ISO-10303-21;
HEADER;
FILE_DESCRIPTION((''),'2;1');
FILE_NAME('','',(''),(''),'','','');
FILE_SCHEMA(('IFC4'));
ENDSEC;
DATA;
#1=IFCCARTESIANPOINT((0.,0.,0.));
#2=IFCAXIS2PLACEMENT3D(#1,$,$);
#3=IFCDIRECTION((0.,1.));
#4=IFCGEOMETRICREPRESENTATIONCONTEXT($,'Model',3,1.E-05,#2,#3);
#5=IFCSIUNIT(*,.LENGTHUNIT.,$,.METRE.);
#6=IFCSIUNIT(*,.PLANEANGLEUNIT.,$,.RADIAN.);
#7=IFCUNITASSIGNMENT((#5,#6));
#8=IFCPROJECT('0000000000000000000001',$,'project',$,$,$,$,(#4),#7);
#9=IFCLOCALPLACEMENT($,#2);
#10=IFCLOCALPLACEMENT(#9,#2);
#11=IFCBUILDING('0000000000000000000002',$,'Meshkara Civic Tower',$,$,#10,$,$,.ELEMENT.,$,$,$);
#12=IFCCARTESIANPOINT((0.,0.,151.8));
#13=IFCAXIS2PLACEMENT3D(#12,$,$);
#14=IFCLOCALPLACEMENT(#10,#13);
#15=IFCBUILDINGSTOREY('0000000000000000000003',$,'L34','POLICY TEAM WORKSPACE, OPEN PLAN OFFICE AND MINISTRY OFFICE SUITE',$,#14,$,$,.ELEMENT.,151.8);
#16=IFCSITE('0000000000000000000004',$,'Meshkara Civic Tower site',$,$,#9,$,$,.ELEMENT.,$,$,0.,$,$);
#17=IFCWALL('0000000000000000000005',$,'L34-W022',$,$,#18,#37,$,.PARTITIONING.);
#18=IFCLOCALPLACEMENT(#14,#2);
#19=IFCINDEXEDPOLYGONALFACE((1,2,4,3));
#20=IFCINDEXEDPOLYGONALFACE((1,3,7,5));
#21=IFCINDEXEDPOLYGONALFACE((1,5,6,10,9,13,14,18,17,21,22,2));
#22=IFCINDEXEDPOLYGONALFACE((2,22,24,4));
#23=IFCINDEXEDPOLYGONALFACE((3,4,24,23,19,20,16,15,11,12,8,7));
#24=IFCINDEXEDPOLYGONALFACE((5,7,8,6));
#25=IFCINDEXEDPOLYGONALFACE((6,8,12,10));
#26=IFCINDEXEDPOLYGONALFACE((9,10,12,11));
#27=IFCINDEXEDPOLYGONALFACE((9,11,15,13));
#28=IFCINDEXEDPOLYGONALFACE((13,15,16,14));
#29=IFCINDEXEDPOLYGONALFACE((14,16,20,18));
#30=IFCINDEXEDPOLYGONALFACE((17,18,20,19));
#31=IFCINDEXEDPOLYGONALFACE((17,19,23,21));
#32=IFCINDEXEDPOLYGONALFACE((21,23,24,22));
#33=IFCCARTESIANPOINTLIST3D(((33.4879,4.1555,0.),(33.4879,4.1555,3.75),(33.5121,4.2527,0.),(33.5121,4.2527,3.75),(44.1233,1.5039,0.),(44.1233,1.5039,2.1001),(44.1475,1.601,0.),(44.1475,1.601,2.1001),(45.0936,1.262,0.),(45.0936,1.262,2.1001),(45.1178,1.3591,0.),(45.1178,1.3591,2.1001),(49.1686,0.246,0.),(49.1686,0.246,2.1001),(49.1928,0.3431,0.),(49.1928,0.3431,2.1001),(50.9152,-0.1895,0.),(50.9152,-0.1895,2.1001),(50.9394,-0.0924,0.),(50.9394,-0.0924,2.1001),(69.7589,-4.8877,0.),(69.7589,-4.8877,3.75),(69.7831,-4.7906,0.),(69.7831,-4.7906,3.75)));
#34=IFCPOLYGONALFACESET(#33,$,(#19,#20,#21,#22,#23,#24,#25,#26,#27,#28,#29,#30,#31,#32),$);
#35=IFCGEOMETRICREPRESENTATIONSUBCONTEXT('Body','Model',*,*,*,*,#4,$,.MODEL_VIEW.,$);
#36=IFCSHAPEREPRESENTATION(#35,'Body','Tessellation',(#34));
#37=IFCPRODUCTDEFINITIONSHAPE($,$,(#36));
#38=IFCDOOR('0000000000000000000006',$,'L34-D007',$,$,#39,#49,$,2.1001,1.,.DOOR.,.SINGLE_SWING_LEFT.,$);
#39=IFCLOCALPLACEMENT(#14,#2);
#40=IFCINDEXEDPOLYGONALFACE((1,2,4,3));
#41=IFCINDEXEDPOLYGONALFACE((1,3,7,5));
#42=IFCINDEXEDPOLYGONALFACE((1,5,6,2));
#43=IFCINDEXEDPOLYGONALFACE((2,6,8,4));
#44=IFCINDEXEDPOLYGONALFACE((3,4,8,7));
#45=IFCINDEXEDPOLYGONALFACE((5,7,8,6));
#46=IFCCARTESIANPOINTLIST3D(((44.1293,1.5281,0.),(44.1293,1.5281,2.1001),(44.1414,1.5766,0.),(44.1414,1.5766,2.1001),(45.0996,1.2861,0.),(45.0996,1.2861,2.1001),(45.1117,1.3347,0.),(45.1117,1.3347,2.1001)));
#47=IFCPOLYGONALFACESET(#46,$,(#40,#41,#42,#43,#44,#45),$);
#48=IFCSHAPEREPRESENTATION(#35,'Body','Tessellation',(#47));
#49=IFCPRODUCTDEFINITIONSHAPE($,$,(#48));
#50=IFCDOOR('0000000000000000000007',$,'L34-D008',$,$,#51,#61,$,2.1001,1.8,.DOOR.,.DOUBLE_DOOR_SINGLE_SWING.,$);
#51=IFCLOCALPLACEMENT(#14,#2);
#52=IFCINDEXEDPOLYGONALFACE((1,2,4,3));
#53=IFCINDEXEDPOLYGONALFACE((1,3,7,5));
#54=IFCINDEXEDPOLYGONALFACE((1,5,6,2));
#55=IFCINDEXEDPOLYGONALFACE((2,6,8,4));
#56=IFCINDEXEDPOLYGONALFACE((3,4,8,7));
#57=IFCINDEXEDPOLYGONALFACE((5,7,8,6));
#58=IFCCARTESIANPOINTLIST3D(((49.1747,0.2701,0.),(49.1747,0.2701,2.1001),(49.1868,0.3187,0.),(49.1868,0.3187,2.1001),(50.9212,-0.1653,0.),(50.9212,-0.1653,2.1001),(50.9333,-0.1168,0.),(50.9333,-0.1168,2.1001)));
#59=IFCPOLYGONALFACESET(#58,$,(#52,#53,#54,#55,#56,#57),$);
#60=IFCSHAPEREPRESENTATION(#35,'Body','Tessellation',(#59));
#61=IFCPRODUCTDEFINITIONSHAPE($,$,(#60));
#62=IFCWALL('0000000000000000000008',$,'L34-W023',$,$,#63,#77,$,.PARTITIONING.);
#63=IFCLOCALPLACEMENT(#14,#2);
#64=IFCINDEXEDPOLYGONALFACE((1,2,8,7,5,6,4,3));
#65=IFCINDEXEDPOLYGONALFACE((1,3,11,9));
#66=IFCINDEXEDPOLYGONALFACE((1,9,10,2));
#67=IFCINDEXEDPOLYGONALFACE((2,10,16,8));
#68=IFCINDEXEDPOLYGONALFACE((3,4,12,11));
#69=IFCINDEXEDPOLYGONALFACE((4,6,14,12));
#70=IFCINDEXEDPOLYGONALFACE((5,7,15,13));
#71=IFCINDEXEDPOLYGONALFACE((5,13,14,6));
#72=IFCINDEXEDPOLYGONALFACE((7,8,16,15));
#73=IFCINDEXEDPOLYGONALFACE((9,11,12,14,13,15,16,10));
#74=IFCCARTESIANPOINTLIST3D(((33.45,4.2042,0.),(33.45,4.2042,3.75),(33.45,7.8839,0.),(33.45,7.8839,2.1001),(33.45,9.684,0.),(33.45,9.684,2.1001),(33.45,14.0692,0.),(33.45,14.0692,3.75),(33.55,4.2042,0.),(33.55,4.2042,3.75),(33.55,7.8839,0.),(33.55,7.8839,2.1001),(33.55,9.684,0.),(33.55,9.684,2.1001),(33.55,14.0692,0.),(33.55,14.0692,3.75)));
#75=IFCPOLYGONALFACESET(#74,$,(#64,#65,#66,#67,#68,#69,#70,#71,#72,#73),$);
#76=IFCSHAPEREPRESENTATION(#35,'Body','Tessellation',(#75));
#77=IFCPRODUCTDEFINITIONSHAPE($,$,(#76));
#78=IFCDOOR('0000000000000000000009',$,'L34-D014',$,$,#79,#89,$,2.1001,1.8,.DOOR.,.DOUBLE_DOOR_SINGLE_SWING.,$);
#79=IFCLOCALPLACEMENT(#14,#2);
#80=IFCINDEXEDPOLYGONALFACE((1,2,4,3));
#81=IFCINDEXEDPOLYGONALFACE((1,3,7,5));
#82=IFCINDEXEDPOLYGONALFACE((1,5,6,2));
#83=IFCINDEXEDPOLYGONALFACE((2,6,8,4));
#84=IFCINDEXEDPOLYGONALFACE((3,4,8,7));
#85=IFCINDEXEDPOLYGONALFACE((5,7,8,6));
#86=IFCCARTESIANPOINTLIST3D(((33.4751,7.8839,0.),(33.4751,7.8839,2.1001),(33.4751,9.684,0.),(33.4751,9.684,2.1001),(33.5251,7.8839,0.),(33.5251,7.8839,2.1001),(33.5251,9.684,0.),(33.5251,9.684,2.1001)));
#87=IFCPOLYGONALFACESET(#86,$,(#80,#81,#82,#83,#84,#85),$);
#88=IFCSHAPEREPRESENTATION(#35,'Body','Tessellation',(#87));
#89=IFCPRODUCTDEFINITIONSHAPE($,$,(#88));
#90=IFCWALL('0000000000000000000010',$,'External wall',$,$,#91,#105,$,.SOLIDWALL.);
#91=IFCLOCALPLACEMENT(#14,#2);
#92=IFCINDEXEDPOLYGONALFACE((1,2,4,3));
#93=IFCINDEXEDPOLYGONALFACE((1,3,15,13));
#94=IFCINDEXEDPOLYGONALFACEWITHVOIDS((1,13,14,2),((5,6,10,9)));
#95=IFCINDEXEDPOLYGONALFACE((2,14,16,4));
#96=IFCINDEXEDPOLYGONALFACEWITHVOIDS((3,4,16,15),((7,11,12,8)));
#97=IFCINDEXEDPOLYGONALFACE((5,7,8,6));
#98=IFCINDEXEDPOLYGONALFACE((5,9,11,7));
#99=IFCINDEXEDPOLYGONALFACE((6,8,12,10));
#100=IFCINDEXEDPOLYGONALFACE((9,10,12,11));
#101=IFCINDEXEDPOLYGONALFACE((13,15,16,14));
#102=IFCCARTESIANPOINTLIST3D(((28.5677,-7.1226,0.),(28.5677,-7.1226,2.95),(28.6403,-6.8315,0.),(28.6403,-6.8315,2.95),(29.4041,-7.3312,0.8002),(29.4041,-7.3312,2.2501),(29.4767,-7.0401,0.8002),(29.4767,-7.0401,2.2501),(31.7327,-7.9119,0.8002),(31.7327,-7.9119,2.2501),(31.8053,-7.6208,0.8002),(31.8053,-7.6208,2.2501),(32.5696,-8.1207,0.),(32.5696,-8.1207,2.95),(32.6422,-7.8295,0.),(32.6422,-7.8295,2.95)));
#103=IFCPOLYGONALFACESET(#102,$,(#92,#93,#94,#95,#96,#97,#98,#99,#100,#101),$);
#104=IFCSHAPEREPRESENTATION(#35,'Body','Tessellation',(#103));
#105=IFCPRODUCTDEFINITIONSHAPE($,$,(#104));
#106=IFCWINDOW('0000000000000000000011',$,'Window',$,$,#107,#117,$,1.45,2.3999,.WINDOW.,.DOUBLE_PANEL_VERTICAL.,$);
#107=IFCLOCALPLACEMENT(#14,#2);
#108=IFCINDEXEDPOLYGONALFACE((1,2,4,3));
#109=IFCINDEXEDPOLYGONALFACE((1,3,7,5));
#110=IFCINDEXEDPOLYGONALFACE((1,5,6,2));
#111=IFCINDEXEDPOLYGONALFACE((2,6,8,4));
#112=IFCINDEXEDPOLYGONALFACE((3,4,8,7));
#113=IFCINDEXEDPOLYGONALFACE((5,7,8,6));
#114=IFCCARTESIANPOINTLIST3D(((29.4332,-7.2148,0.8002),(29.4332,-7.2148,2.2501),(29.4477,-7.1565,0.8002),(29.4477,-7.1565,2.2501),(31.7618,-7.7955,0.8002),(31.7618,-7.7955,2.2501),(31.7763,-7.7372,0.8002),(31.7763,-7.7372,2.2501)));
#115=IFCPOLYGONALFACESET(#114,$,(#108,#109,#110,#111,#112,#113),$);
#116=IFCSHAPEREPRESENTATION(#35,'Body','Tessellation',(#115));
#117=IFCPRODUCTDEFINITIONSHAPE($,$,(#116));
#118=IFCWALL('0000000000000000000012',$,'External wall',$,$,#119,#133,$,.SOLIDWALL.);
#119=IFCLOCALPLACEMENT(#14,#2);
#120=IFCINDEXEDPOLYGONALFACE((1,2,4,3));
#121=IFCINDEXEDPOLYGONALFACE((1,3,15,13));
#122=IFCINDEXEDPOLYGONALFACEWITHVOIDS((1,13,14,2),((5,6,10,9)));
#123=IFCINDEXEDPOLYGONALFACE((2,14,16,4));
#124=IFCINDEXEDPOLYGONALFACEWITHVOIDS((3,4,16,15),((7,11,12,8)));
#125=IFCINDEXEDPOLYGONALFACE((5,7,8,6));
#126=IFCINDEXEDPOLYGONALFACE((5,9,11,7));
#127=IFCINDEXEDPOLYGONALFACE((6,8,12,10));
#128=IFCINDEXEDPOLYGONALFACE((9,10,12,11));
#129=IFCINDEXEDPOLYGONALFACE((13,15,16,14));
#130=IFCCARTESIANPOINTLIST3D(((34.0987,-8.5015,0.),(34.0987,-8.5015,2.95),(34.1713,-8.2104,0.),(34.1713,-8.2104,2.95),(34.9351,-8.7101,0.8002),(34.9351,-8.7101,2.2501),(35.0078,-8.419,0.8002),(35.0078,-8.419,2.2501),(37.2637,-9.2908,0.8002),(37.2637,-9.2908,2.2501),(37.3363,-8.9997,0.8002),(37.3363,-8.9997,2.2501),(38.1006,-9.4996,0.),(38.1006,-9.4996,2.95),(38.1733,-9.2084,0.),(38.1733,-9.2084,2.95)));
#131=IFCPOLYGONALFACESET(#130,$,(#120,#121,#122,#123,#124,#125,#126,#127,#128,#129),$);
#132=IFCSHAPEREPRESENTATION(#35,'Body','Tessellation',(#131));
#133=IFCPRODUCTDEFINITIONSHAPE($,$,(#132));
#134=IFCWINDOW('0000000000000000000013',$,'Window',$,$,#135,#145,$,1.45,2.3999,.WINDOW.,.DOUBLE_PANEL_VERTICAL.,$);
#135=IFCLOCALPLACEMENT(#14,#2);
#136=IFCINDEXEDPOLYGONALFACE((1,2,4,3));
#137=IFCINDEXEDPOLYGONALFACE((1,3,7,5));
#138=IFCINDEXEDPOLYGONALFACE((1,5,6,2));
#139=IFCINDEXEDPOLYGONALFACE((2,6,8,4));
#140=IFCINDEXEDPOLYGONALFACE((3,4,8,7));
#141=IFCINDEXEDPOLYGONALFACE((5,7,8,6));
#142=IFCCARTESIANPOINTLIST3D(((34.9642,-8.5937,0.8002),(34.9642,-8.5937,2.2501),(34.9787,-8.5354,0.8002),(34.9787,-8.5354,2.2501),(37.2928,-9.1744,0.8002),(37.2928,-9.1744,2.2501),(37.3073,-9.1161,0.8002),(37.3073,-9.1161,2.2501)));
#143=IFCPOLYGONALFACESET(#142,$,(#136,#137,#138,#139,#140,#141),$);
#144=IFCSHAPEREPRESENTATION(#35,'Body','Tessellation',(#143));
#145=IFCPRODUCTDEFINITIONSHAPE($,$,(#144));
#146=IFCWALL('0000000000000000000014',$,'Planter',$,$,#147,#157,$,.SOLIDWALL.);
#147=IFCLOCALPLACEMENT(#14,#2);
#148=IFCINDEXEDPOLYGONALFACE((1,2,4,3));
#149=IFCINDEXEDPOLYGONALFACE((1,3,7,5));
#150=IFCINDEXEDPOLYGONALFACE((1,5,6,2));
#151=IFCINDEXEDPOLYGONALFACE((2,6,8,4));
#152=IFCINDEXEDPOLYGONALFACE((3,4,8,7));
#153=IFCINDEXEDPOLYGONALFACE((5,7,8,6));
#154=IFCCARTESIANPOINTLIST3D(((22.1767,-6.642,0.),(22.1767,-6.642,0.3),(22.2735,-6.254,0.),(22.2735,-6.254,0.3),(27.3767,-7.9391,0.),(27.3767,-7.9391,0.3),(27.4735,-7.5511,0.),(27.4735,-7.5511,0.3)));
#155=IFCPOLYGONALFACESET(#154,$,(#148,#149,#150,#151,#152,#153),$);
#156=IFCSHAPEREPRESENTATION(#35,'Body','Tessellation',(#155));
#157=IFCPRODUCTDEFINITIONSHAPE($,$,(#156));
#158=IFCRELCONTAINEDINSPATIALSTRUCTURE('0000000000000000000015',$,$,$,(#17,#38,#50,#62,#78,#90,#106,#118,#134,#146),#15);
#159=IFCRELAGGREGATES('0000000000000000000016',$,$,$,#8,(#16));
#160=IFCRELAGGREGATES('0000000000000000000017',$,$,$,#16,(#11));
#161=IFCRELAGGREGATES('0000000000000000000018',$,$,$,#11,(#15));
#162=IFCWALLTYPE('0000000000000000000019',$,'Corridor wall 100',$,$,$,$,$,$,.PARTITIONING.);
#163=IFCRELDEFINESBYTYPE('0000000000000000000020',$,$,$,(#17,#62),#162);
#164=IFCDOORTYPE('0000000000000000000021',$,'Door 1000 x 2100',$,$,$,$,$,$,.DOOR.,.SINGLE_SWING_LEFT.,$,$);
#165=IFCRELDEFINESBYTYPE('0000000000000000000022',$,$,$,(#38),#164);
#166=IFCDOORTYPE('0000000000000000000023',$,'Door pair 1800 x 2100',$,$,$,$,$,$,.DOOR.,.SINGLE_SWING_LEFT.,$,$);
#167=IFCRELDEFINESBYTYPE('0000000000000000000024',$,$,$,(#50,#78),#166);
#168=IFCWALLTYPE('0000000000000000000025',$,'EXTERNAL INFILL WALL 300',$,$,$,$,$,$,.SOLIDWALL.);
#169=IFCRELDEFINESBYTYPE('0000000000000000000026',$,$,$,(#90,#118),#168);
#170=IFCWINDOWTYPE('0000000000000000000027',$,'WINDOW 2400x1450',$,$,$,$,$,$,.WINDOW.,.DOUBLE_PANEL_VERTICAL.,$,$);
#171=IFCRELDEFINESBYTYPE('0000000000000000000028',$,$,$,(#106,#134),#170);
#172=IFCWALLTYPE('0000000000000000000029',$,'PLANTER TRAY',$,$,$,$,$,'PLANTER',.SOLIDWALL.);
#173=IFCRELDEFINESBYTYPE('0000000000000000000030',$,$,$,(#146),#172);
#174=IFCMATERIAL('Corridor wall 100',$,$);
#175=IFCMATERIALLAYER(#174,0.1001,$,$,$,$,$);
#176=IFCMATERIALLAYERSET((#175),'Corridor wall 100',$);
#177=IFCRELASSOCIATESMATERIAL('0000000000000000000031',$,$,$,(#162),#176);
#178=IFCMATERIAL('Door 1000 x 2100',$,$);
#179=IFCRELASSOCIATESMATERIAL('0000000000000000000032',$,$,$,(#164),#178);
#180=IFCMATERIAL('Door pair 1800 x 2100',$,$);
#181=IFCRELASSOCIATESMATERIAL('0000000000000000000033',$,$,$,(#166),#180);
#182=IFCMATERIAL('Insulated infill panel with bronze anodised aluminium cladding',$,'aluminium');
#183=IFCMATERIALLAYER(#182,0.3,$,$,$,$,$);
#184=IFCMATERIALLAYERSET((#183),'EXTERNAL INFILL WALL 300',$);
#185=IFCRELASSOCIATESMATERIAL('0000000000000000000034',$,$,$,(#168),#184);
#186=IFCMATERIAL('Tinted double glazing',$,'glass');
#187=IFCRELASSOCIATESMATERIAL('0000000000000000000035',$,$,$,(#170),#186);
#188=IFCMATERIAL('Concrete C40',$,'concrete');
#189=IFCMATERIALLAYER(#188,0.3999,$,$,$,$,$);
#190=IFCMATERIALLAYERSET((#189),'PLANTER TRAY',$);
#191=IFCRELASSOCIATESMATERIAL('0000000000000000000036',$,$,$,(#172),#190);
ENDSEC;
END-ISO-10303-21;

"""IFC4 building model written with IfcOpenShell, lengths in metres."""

from ifc_helpers import new_model, si_unit, direction, frame, frame_2d, origin, place, context, subcontext, project, spatial, rectangle, extrude, material, layer, layer_set, type_object, element, fill, save


model = new_model("IFC4")

# Units and contexts
model_context = context("Model", 3, precision=1e-05, world=origin(), true_north=direction((0.0, 1.0)))
body_context = subcontext(model_context, "Body", "Model", "MODEL_VIEW")
ifc_project = project(units=[si_unit("LENGTHUNIT", "METRE"), si_unit("PLANEANGLEUNIT", "RADIAN")], contexts=[model_context])

# Site, building, storey
site_placement = place(None, origin())
site = spatial("IfcSite", under=ifc_project, at=site_placement, Name="Meshkara Civic Tower site", CompositionType="ELEMENT", RefElevation=0.0)
building_placement = place(site_placement, origin())
building = spatial("IfcBuilding", under=site, at=building_placement, Name="Meshkara Civic Tower", CompositionType="ELEMENT")
storey_placement = place(building_placement, frame((0.0, 0.0, 151.8)))
storey = spatial("IfcBuildingStorey", under=building, at=storey_placement, Name="L34", Description="POLICY TEAM WORKSPACE, OPEN PLAN OFFICE AND MINISTRY OFFICE SUITE", CompositionType="ELEMENT", Elevation=151.8)

# Wall, openings, doors
ifc_material_1 = material(Name="Corridor wall 100")
ifc_layer_1 = layer(ifc_material_1, 0.1001)
ifc_layer_set_1 = layer_set([ifc_layer_1], Name="Corridor wall 100")
wall_type_1 = type_object("IfcWallType", Name="Corridor wall 100", PredefinedType="PARTITIONING", material=ifc_layer_set_1)
wall_1_placement = place(storey_placement, frame((33.5, 4.2041, 0.0), z_axis=(0.0, 0.0, 1.0), x_axis=(0.970297, -0.241918, 0.0)))
wall_1 = element("IfcWall", 1, at=wall_1_placement, inside=storey, type_object=wall_type_1, Name="L34-W022", PredefinedType="PARTITIONING", context=body_context, shape_type="SweptSolid", body=[
    extrude(rectangle(XDim=37.3813, YDim=0.1001, at=frame_2d((18.6907, 0.0))), origin(), (0.0, 0.0, 1.0), 3.75),
])
opening_1_placement = place(wall_1_placement, frame((10.9609, 0.0, 0.0)))
opening_1 = element("IfcOpeningElement", 2, at=opening_1_placement, cuts=wall_1, PredefinedType="OPENING", context=body_context, shape_type="SweptSolid", body=[
    extrude(rectangle(XDim=1.0, YDim=2.1001, at=frame_2d((0.5, 1.05))), frame((0.0, 0.0601, 0.0), z_axis=(0.0, -1.0, 0.0), x_axis=(1.0, 0.0, 0.0)), (0.0, 0.0, 1.0), 0.1201),
])
opening_2_placement = place(wall_1_placement, frame((16.1609, 0.0, 0.0)))
opening_2 = element("IfcOpeningElement", 3, at=opening_2_placement, cuts=wall_1, PredefinedType="OPENING", context=body_context, shape_type="SweptSolid", body=[
    extrude(rectangle(XDim=1.8, YDim=2.1001, at=frame_2d((0.8999, 1.05))), frame((0.0, 0.0601, 0.0), z_axis=(0.0, -1.0, 0.0), x_axis=(1.0, 0.0, 0.0)), (0.0, 0.0, 1.0), 0.1201),
])
ifc_material_2 = material(Name="Door 1000 x 2100")
door_type_1 = type_object("IfcDoorType", Name="Door 1000 x 2100", OperationType="SINGLE_SWING_LEFT", PredefinedType="DOOR", material=ifc_material_2)
door_1_placement = place(opening_1_placement, origin())
door_1 = element("IfcDoor", 4, at=door_1_placement, inside=storey, type_object=door_type_1, Name="L34-D007", OperationType="SINGLE_SWING_LEFT", OverallHeight=2.1001, OverallWidth=1.0, PredefinedType="DOOR", context=body_context, shape_type="SweptSolid", body=[
    extrude(rectangle(XDim=1.0, YDim=2.1001, at=frame_2d((0.5, 1.05))), frame((0.0, 0.0249, 0.0), z_axis=(0.0, -1.0, 0.0), x_axis=(1.0, 0.0, 0.0)), (0.0, 0.0, 1.0), 0.05),
])
fill(opening_1, door_1)
ifc_material_3 = material(Name="Door pair 1800 x 2100")
door_type_2 = type_object("IfcDoorType", Name="Door pair 1800 x 2100", OperationType="SINGLE_SWING_LEFT", PredefinedType="DOOR", material=ifc_material_3)
door_2_placement = place(opening_2_placement, origin())
door_2 = element("IfcDoor", 5, at=door_2_placement, inside=storey, type_object=door_type_2, Name="L34-D008", OperationType="DOUBLE_DOOR_SINGLE_SWING", OverallHeight=2.1001, OverallWidth=1.8, PredefinedType="DOOR", context=body_context, shape_type="SweptSolid", body=[
    extrude(rectangle(XDim=1.8, YDim=2.1001, at=frame_2d((0.8999, 1.05))), frame((0.0, 0.0249, 0.0), z_axis=(0.0, -1.0, 0.0), x_axis=(1.0, 0.0, 0.0)), (0.0, 0.0, 1.0), 0.05),
])
fill(opening_2, door_2)

# Wall, opening, door
wall_2_placement = place(storey_placement, frame((33.5, 4.2041, 0.0), z_axis=(0.0, 0.0, 1.0), x_axis=(0.0, 1.0, 0.0)))
wall_2 = element("IfcWall", 6, at=wall_2_placement, inside=storey, type_object=wall_type_1, Name="L34-W023", PredefinedType="PARTITIONING", context=body_context, shape_type="SweptSolid", body=[
    extrude(rectangle(XDim=9.865, YDim=0.1001, at=frame_2d((4.9326, 0.0))), origin(), (0.0, 0.0, 1.0), 3.75),
])
opening_3_placement = place(wall_2_placement, frame((3.6799, 0.0, 0.0)))
opening_3 = element("IfcOpeningElement", 7, at=opening_3_placement, cuts=wall_2, PredefinedType="OPENING", context=body_context, shape_type="SweptSolid", body=[
    extrude(rectangle(XDim=1.8, YDim=2.1001, at=frame_2d((0.8999, 1.05))), frame((0.0, 0.0601, 0.0), z_axis=(0.0, -1.0, 0.0), x_axis=(1.0, 0.0, 0.0)), (0.0, 0.0, 1.0), 0.1201),
])
door_3_placement = place(opening_3_placement, origin())
door_3 = element("IfcDoor", 8, at=door_3_placement, inside=storey, type_object=door_type_2, Name="L34-D014", OperationType="DOUBLE_DOOR_SINGLE_SWING", OverallHeight=2.1001, OverallWidth=1.8, PredefinedType="DOOR", context=body_context, shape_type="SweptSolid", body=[
    extrude(rectangle(XDim=1.8, YDim=2.1001, at=frame_2d((0.8999, 1.05))), frame((0.0, 0.0249, 0.0), z_axis=(0.0, -1.0, 0.0), x_axis=(1.0, 0.0, 0.0)), (0.0, 0.0, 1.0), 0.05),
])
fill(opening_3, door_3)

# Walls, openings, windows
ifc_material_4 = material(Name="Insulated infill panel with bronze anodised aluminium cladding", Category="aluminium")
ifc_layer_2 = layer(ifc_material_4, 0.3)
ifc_layer_set_2 = layer_set([ifc_layer_2], Name="EXTERNAL INFILL WALL 300")
wall_type_2 = type_object("IfcWallType", Name="EXTERNAL INFILL WALL 300", PredefinedType="SOLIDWALL", material=ifc_layer_set_2)
wall_3_placement = place(storey_placement, frame((28.604, -6.9771, 0.0), z_axis=(0.0, 0.0, 1.0), x_axis=(0.970282, -0.241978, 0.0)))
wall_3 = element("IfcWall", 9, at=wall_3_placement, inside=storey, type_object=wall_type_2, Name="External wall", PredefinedType="SOLIDWALL", context=body_context, shape_type="SweptSolid", body=[
    extrude(rectangle(XDim=4.1245, YDim=0.3, at=frame_2d((2.0623, 0.0))), origin(), (0.0, 0.0, 1.0), 2.95),
])
opening_4_placement = place(wall_3_placement, frame((0.8621, 0.0, 0.8)))
opening_4 = element("IfcOpeningElement", 10, at=opening_4_placement, cuts=wall_3, PredefinedType="OPENING", context=body_context, shape_type="SweptSolid", body=[
    extrude(rectangle(XDim=2.3999, YDim=1.45, at=frame_2d((1.2, 0.7251))), frame((0.0, 0.1599, 0.0), z_axis=(0.0, -1.0, 0.0), x_axis=(1.0, 0.0, 0.0)), (0.0, 0.0, 1.0), 0.3201),
])
ifc_material_5 = material(Name="Tinted double glazing", Category="glass")
window_type = type_object("IfcWindowType", Name="WINDOW 2400x1450", PartitioningType="DOUBLE_PANEL_VERTICAL", PredefinedType="WINDOW", material=ifc_material_5)
window_1_placement = place(opening_4_placement, origin())
window_1 = element("IfcWindow", 11, at=window_1_placement, inside=storey, type_object=window_type, Name="Window", OverallHeight=1.45, OverallWidth=2.3999, PartitioningType="DOUBLE_PANEL_VERTICAL", PredefinedType="WINDOW", context=body_context, shape_type="SweptSolid", body=[
    extrude(rectangle(XDim=2.3999, YDim=1.45, at=frame_2d((1.2, 0.7251))), frame((0.0, 0.03, 0.0), z_axis=(0.0, -1.0, 0.0), x_axis=(1.0, 0.0, 0.0)), (0.0, 0.0, 1.0), 0.0601),
])
fill(opening_4, window_1)
wall_4_placement = place(storey_placement, frame((34.135, -8.356, 0.0), z_axis=(0.0, 0.0, 1.0), x_axis=(0.970282, -0.241978, 0.0)))
wall_4 = element("IfcWall", 12, at=wall_4_placement, inside=storey, type_object=wall_type_2, Name="External wall", PredefinedType="SOLIDWALL", context=body_context, shape_type="SweptSolid", body=[
    extrude(rectangle(XDim=4.1245, YDim=0.3, at=frame_2d((2.0623, 0.0))), origin(), (0.0, 0.0, 1.0), 2.95),
])
opening_5_placement = place(wall_4_placement, frame((0.8621, 0.0, 0.8)))
opening_5 = element("IfcOpeningElement", 13, at=opening_5_placement, cuts=wall_4, PredefinedType="OPENING", context=body_context, shape_type="SweptSolid", body=[
    extrude(rectangle(XDim=2.3999, YDim=1.45, at=frame_2d((1.2, 0.7251))), frame((0.0, 0.1599, 0.0), z_axis=(0.0, -1.0, 0.0), x_axis=(1.0, 0.0, 0.0)), (0.0, 0.0, 1.0), 0.3201),
])
window_2_placement = place(opening_5_placement, origin())
window_2 = element("IfcWindow", 14, at=window_2_placement, inside=storey, type_object=window_type, Name="Window", OverallHeight=1.45, OverallWidth=2.3999, PartitioningType="DOUBLE_PANEL_VERTICAL", PredefinedType="WINDOW", context=body_context, shape_type="SweptSolid", body=[
    extrude(rectangle(XDim=2.3999, YDim=1.45, at=frame_2d((1.2, 0.7251))), frame((0.0, 0.03, 0.0), z_axis=(0.0, -1.0, 0.0), x_axis=(1.0, 0.0, 0.0)), (0.0, 0.0, 1.0), 0.0601),
])
fill(opening_5, window_2)

# Wall
ifc_material_6 = material(Name="Concrete C40", Category="concrete")
ifc_layer_3 = layer(ifc_material_6, 0.3999)
ifc_layer_set_3 = layer_set([ifc_layer_3], Name="PLANTER TRAY")
wall_type_3 = type_object("IfcWallType", Name="PLANTER TRAY", ElementType="PLANTER", PredefinedType="SOLIDWALL", material=ifc_layer_set_3)
wall_5_placement = place(storey_placement, frame((22.2251, -6.448, 0.0), z_axis=(0.0, 0.0, 1.0), x_axis=(0.970268, -0.242032, 0.0)))
element("IfcWall", 15, at=wall_5_placement, inside=storey, type_object=wall_type_3, Name="Planter", PredefinedType="SOLIDWALL", context=body_context, shape_type="SweptSolid", body=[
    extrude(rectangle(XDim=5.3594, YDim=0.3999, at=frame_2d((2.6797, 0.0))), origin(), (0.0, 0.0, 1.0), 0.3),
])

save(model, "model.ifc")
